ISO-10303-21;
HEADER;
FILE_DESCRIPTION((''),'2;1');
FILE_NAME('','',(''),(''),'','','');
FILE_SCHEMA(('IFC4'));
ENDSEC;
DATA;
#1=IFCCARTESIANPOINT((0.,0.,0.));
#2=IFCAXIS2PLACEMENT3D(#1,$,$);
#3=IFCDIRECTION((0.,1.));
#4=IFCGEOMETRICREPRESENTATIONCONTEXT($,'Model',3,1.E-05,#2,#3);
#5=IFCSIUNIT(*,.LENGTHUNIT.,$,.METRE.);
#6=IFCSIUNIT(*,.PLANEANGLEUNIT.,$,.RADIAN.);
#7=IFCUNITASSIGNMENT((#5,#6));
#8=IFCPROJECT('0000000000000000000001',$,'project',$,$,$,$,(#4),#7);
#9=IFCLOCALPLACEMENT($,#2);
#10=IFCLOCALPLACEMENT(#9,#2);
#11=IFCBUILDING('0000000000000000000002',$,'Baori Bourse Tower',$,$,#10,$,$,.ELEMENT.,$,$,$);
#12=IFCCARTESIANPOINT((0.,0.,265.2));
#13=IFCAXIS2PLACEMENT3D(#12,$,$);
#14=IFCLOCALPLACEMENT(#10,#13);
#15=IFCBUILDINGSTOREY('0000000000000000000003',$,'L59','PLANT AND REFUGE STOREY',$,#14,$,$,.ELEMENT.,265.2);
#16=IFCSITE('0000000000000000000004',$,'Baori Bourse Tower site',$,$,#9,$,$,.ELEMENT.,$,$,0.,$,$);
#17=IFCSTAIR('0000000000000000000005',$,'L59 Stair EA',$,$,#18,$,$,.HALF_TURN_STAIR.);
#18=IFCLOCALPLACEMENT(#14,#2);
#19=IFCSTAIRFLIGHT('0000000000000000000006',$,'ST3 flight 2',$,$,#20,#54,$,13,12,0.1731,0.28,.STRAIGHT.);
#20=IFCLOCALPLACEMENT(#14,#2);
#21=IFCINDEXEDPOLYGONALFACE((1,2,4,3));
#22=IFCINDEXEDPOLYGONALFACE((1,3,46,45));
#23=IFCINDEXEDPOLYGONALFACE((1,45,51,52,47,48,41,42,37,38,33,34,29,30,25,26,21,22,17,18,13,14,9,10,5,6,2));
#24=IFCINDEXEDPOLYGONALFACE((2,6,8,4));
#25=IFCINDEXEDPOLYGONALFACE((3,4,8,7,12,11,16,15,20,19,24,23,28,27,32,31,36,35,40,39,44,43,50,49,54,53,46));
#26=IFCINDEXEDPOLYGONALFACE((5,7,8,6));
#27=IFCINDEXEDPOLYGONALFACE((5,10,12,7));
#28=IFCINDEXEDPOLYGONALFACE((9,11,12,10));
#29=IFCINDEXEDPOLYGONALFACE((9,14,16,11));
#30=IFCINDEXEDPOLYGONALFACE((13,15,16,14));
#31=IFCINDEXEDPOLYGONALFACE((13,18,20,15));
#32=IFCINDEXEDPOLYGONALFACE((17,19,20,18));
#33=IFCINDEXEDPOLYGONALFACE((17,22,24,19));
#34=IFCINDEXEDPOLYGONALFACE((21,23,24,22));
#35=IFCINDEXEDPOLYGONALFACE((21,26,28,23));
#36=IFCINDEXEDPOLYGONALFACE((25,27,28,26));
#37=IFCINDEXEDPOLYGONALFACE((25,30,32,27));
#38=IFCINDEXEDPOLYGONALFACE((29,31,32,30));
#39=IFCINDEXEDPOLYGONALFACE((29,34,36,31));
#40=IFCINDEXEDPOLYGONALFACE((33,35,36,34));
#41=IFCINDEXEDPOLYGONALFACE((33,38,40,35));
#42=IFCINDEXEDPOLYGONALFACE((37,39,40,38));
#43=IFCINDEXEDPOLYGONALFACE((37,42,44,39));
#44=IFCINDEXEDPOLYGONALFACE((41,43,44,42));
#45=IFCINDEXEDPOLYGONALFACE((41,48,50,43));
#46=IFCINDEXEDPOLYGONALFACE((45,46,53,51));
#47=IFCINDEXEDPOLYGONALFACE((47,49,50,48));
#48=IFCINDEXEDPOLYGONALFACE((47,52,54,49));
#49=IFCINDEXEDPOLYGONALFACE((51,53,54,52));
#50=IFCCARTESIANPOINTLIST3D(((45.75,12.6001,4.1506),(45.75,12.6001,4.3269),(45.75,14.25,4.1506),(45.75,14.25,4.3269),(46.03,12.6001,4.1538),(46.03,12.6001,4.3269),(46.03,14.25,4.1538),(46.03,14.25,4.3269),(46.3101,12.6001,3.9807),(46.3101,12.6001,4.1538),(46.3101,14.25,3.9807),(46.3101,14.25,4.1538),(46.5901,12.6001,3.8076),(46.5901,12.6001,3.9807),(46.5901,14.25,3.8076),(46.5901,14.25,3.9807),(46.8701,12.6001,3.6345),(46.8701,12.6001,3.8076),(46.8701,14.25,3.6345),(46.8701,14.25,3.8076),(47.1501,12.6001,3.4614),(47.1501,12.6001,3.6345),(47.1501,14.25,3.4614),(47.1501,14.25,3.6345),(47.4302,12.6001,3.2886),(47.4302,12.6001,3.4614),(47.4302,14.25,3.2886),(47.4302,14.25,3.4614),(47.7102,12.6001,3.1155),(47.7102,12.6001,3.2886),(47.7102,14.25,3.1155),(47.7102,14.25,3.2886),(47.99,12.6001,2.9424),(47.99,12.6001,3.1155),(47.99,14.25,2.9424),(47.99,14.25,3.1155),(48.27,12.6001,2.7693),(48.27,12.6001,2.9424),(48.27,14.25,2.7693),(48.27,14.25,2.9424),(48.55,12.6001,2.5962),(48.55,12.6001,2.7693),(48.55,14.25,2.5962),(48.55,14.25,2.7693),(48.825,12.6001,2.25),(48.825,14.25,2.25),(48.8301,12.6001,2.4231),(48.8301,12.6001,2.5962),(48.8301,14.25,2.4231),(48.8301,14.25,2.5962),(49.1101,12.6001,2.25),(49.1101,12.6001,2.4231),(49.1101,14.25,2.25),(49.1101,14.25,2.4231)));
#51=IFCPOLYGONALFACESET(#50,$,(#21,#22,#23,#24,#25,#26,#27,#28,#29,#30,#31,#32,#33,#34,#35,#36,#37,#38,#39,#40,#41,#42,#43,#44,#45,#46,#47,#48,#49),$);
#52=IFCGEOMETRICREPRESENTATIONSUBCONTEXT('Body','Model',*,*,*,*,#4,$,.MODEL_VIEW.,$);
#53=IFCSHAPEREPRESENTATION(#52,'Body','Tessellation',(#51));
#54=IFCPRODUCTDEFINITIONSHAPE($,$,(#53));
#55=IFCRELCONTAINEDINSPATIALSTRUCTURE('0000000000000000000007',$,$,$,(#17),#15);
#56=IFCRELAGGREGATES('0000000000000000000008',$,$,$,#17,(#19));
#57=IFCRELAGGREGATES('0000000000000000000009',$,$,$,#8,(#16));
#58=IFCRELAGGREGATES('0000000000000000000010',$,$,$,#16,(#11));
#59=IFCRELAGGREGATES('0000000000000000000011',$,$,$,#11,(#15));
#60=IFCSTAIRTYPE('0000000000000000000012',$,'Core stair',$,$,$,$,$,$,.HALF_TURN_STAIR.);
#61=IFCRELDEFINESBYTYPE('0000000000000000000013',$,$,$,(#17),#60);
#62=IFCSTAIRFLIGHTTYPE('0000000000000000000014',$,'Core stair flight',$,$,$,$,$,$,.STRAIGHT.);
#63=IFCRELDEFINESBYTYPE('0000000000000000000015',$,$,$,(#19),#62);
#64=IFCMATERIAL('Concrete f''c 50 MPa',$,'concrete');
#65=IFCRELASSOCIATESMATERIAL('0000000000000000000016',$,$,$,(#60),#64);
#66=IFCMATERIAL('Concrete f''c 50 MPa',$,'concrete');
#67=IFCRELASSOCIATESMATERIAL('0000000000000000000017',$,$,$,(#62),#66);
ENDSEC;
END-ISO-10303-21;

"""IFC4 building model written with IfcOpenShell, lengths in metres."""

from ifc_helpers import new_model, si_unit, direction, frame, origin, place, context, subcontext, project, spatial, polyline, outline, extrude, material, type_object, element, aggregate, save


model = new_model("IFC4")

# Units and contexts
model_context = context("Model", 3, precision=1e-05, world=origin(), true_north=direction((0.0, 1.0)))
body_context = subcontext(model_context, "Body", "Model", "MODEL_VIEW")
ifc_project = project(units=[si_unit("LENGTHUNIT", "METRE"), si_unit("PLANEANGLEUNIT", "RADIAN")], contexts=[model_context])

# Site, building, storey
site_placement = place(None, origin())
site = spatial("IfcSite", under=ifc_project, at=site_placement, Name="Baori Bourse Tower site", CompositionType="ELEMENT", RefElevation=0.0)
building_placement = place(site_placement, origin())
building = spatial("IfcBuilding", under=site, at=building_placement, Name="Baori Bourse Tower", CompositionType="ELEMENT")
storey_placement = place(building_placement, frame((0.0, 0.0, 265.2)))
storey = spatial("IfcBuildingStorey", under=building, at=storey_placement, Name="L59", Description="PLANT AND REFUGE STOREY", CompositionType="ELEMENT", Elevation=265.2)

# Stair, stair flight
ifc_material_1 = material(Name="Concrete f'c 50 MPa", Category="concrete")
stair_type = type_object("IfcStairType", Name="Core stair", PredefinedType="HALF_TURN_STAIR", material=ifc_material_1)
stair_placement = place(storey_placement, origin())
stair = element("IfcStair", 1, at=stair_placement, inside=storey, type_object=stair_type, Name="L59 Stair EA", PredefinedType="HALF_TURN_STAIR")
ifc_material_2 = material(Name="Concrete f'c 50 MPa", Category="concrete")
stair_flight_type = type_object("IfcStairFlightType", Name="Core stair flight", PredefinedType="STRAIGHT", material=ifc_material_2)
stair_flight_1_placement = place(storey_placement, frame((49.1101, 13.425, 2.25), z_axis=(0.0, 0.0, 1.0), x_axis=(-1.0, 0.0, 0.0)))
stair_flight_1 = element("IfcStairFlight", 2, at=stair_flight_1_placement, type_object=stair_flight_type, Name="ST3 flight 2", NumberOfRisers=13, NumberOfTreads=12, PredefinedType="STRAIGHT", RiserHeight=0.1731, TreadLength=0.28, context=body_context, shape_type="SweptSolid", body=[
    extrude(outline(polyline([(0.0, 0.0), (0.0, 0.1731), (0.28, 0.1731), (0.28, 0.3462), (0.5601, 0.3462), (0.5601, 0.5193), (0.8401, 0.5193), (0.8401, 0.6924), (1.1201, 0.6924), (1.1201, 0.8655), (1.3999, 0.8655), (1.3999, 1.0386), (1.6799, 1.0386), (1.6799, 1.2114), (1.96, 1.2114), (1.96, 1.3845), (2.24, 1.3845), (2.24, 1.5576), (2.52, 1.5576), (2.52, 1.7307), (2.8, 1.7307), (2.8, 1.9038), (3.0801, 1.9038), (3.0801, 2.0769), (3.3601, 2.0769), (3.3601, 2.25), (3.3601, 1.9006), (0.2852, 0.0), (0.0, 0.0)])), frame((0.0, 0.825, 0.0), z_axis=(0.0, -1.0, 0.0), x_axis=(1.0, 0.0, 0.0)), (0.0, 0.0, 1.0), 1.6499),
])
aggregate(stair, [stair_flight_1])

save(model, "model.ifc")
